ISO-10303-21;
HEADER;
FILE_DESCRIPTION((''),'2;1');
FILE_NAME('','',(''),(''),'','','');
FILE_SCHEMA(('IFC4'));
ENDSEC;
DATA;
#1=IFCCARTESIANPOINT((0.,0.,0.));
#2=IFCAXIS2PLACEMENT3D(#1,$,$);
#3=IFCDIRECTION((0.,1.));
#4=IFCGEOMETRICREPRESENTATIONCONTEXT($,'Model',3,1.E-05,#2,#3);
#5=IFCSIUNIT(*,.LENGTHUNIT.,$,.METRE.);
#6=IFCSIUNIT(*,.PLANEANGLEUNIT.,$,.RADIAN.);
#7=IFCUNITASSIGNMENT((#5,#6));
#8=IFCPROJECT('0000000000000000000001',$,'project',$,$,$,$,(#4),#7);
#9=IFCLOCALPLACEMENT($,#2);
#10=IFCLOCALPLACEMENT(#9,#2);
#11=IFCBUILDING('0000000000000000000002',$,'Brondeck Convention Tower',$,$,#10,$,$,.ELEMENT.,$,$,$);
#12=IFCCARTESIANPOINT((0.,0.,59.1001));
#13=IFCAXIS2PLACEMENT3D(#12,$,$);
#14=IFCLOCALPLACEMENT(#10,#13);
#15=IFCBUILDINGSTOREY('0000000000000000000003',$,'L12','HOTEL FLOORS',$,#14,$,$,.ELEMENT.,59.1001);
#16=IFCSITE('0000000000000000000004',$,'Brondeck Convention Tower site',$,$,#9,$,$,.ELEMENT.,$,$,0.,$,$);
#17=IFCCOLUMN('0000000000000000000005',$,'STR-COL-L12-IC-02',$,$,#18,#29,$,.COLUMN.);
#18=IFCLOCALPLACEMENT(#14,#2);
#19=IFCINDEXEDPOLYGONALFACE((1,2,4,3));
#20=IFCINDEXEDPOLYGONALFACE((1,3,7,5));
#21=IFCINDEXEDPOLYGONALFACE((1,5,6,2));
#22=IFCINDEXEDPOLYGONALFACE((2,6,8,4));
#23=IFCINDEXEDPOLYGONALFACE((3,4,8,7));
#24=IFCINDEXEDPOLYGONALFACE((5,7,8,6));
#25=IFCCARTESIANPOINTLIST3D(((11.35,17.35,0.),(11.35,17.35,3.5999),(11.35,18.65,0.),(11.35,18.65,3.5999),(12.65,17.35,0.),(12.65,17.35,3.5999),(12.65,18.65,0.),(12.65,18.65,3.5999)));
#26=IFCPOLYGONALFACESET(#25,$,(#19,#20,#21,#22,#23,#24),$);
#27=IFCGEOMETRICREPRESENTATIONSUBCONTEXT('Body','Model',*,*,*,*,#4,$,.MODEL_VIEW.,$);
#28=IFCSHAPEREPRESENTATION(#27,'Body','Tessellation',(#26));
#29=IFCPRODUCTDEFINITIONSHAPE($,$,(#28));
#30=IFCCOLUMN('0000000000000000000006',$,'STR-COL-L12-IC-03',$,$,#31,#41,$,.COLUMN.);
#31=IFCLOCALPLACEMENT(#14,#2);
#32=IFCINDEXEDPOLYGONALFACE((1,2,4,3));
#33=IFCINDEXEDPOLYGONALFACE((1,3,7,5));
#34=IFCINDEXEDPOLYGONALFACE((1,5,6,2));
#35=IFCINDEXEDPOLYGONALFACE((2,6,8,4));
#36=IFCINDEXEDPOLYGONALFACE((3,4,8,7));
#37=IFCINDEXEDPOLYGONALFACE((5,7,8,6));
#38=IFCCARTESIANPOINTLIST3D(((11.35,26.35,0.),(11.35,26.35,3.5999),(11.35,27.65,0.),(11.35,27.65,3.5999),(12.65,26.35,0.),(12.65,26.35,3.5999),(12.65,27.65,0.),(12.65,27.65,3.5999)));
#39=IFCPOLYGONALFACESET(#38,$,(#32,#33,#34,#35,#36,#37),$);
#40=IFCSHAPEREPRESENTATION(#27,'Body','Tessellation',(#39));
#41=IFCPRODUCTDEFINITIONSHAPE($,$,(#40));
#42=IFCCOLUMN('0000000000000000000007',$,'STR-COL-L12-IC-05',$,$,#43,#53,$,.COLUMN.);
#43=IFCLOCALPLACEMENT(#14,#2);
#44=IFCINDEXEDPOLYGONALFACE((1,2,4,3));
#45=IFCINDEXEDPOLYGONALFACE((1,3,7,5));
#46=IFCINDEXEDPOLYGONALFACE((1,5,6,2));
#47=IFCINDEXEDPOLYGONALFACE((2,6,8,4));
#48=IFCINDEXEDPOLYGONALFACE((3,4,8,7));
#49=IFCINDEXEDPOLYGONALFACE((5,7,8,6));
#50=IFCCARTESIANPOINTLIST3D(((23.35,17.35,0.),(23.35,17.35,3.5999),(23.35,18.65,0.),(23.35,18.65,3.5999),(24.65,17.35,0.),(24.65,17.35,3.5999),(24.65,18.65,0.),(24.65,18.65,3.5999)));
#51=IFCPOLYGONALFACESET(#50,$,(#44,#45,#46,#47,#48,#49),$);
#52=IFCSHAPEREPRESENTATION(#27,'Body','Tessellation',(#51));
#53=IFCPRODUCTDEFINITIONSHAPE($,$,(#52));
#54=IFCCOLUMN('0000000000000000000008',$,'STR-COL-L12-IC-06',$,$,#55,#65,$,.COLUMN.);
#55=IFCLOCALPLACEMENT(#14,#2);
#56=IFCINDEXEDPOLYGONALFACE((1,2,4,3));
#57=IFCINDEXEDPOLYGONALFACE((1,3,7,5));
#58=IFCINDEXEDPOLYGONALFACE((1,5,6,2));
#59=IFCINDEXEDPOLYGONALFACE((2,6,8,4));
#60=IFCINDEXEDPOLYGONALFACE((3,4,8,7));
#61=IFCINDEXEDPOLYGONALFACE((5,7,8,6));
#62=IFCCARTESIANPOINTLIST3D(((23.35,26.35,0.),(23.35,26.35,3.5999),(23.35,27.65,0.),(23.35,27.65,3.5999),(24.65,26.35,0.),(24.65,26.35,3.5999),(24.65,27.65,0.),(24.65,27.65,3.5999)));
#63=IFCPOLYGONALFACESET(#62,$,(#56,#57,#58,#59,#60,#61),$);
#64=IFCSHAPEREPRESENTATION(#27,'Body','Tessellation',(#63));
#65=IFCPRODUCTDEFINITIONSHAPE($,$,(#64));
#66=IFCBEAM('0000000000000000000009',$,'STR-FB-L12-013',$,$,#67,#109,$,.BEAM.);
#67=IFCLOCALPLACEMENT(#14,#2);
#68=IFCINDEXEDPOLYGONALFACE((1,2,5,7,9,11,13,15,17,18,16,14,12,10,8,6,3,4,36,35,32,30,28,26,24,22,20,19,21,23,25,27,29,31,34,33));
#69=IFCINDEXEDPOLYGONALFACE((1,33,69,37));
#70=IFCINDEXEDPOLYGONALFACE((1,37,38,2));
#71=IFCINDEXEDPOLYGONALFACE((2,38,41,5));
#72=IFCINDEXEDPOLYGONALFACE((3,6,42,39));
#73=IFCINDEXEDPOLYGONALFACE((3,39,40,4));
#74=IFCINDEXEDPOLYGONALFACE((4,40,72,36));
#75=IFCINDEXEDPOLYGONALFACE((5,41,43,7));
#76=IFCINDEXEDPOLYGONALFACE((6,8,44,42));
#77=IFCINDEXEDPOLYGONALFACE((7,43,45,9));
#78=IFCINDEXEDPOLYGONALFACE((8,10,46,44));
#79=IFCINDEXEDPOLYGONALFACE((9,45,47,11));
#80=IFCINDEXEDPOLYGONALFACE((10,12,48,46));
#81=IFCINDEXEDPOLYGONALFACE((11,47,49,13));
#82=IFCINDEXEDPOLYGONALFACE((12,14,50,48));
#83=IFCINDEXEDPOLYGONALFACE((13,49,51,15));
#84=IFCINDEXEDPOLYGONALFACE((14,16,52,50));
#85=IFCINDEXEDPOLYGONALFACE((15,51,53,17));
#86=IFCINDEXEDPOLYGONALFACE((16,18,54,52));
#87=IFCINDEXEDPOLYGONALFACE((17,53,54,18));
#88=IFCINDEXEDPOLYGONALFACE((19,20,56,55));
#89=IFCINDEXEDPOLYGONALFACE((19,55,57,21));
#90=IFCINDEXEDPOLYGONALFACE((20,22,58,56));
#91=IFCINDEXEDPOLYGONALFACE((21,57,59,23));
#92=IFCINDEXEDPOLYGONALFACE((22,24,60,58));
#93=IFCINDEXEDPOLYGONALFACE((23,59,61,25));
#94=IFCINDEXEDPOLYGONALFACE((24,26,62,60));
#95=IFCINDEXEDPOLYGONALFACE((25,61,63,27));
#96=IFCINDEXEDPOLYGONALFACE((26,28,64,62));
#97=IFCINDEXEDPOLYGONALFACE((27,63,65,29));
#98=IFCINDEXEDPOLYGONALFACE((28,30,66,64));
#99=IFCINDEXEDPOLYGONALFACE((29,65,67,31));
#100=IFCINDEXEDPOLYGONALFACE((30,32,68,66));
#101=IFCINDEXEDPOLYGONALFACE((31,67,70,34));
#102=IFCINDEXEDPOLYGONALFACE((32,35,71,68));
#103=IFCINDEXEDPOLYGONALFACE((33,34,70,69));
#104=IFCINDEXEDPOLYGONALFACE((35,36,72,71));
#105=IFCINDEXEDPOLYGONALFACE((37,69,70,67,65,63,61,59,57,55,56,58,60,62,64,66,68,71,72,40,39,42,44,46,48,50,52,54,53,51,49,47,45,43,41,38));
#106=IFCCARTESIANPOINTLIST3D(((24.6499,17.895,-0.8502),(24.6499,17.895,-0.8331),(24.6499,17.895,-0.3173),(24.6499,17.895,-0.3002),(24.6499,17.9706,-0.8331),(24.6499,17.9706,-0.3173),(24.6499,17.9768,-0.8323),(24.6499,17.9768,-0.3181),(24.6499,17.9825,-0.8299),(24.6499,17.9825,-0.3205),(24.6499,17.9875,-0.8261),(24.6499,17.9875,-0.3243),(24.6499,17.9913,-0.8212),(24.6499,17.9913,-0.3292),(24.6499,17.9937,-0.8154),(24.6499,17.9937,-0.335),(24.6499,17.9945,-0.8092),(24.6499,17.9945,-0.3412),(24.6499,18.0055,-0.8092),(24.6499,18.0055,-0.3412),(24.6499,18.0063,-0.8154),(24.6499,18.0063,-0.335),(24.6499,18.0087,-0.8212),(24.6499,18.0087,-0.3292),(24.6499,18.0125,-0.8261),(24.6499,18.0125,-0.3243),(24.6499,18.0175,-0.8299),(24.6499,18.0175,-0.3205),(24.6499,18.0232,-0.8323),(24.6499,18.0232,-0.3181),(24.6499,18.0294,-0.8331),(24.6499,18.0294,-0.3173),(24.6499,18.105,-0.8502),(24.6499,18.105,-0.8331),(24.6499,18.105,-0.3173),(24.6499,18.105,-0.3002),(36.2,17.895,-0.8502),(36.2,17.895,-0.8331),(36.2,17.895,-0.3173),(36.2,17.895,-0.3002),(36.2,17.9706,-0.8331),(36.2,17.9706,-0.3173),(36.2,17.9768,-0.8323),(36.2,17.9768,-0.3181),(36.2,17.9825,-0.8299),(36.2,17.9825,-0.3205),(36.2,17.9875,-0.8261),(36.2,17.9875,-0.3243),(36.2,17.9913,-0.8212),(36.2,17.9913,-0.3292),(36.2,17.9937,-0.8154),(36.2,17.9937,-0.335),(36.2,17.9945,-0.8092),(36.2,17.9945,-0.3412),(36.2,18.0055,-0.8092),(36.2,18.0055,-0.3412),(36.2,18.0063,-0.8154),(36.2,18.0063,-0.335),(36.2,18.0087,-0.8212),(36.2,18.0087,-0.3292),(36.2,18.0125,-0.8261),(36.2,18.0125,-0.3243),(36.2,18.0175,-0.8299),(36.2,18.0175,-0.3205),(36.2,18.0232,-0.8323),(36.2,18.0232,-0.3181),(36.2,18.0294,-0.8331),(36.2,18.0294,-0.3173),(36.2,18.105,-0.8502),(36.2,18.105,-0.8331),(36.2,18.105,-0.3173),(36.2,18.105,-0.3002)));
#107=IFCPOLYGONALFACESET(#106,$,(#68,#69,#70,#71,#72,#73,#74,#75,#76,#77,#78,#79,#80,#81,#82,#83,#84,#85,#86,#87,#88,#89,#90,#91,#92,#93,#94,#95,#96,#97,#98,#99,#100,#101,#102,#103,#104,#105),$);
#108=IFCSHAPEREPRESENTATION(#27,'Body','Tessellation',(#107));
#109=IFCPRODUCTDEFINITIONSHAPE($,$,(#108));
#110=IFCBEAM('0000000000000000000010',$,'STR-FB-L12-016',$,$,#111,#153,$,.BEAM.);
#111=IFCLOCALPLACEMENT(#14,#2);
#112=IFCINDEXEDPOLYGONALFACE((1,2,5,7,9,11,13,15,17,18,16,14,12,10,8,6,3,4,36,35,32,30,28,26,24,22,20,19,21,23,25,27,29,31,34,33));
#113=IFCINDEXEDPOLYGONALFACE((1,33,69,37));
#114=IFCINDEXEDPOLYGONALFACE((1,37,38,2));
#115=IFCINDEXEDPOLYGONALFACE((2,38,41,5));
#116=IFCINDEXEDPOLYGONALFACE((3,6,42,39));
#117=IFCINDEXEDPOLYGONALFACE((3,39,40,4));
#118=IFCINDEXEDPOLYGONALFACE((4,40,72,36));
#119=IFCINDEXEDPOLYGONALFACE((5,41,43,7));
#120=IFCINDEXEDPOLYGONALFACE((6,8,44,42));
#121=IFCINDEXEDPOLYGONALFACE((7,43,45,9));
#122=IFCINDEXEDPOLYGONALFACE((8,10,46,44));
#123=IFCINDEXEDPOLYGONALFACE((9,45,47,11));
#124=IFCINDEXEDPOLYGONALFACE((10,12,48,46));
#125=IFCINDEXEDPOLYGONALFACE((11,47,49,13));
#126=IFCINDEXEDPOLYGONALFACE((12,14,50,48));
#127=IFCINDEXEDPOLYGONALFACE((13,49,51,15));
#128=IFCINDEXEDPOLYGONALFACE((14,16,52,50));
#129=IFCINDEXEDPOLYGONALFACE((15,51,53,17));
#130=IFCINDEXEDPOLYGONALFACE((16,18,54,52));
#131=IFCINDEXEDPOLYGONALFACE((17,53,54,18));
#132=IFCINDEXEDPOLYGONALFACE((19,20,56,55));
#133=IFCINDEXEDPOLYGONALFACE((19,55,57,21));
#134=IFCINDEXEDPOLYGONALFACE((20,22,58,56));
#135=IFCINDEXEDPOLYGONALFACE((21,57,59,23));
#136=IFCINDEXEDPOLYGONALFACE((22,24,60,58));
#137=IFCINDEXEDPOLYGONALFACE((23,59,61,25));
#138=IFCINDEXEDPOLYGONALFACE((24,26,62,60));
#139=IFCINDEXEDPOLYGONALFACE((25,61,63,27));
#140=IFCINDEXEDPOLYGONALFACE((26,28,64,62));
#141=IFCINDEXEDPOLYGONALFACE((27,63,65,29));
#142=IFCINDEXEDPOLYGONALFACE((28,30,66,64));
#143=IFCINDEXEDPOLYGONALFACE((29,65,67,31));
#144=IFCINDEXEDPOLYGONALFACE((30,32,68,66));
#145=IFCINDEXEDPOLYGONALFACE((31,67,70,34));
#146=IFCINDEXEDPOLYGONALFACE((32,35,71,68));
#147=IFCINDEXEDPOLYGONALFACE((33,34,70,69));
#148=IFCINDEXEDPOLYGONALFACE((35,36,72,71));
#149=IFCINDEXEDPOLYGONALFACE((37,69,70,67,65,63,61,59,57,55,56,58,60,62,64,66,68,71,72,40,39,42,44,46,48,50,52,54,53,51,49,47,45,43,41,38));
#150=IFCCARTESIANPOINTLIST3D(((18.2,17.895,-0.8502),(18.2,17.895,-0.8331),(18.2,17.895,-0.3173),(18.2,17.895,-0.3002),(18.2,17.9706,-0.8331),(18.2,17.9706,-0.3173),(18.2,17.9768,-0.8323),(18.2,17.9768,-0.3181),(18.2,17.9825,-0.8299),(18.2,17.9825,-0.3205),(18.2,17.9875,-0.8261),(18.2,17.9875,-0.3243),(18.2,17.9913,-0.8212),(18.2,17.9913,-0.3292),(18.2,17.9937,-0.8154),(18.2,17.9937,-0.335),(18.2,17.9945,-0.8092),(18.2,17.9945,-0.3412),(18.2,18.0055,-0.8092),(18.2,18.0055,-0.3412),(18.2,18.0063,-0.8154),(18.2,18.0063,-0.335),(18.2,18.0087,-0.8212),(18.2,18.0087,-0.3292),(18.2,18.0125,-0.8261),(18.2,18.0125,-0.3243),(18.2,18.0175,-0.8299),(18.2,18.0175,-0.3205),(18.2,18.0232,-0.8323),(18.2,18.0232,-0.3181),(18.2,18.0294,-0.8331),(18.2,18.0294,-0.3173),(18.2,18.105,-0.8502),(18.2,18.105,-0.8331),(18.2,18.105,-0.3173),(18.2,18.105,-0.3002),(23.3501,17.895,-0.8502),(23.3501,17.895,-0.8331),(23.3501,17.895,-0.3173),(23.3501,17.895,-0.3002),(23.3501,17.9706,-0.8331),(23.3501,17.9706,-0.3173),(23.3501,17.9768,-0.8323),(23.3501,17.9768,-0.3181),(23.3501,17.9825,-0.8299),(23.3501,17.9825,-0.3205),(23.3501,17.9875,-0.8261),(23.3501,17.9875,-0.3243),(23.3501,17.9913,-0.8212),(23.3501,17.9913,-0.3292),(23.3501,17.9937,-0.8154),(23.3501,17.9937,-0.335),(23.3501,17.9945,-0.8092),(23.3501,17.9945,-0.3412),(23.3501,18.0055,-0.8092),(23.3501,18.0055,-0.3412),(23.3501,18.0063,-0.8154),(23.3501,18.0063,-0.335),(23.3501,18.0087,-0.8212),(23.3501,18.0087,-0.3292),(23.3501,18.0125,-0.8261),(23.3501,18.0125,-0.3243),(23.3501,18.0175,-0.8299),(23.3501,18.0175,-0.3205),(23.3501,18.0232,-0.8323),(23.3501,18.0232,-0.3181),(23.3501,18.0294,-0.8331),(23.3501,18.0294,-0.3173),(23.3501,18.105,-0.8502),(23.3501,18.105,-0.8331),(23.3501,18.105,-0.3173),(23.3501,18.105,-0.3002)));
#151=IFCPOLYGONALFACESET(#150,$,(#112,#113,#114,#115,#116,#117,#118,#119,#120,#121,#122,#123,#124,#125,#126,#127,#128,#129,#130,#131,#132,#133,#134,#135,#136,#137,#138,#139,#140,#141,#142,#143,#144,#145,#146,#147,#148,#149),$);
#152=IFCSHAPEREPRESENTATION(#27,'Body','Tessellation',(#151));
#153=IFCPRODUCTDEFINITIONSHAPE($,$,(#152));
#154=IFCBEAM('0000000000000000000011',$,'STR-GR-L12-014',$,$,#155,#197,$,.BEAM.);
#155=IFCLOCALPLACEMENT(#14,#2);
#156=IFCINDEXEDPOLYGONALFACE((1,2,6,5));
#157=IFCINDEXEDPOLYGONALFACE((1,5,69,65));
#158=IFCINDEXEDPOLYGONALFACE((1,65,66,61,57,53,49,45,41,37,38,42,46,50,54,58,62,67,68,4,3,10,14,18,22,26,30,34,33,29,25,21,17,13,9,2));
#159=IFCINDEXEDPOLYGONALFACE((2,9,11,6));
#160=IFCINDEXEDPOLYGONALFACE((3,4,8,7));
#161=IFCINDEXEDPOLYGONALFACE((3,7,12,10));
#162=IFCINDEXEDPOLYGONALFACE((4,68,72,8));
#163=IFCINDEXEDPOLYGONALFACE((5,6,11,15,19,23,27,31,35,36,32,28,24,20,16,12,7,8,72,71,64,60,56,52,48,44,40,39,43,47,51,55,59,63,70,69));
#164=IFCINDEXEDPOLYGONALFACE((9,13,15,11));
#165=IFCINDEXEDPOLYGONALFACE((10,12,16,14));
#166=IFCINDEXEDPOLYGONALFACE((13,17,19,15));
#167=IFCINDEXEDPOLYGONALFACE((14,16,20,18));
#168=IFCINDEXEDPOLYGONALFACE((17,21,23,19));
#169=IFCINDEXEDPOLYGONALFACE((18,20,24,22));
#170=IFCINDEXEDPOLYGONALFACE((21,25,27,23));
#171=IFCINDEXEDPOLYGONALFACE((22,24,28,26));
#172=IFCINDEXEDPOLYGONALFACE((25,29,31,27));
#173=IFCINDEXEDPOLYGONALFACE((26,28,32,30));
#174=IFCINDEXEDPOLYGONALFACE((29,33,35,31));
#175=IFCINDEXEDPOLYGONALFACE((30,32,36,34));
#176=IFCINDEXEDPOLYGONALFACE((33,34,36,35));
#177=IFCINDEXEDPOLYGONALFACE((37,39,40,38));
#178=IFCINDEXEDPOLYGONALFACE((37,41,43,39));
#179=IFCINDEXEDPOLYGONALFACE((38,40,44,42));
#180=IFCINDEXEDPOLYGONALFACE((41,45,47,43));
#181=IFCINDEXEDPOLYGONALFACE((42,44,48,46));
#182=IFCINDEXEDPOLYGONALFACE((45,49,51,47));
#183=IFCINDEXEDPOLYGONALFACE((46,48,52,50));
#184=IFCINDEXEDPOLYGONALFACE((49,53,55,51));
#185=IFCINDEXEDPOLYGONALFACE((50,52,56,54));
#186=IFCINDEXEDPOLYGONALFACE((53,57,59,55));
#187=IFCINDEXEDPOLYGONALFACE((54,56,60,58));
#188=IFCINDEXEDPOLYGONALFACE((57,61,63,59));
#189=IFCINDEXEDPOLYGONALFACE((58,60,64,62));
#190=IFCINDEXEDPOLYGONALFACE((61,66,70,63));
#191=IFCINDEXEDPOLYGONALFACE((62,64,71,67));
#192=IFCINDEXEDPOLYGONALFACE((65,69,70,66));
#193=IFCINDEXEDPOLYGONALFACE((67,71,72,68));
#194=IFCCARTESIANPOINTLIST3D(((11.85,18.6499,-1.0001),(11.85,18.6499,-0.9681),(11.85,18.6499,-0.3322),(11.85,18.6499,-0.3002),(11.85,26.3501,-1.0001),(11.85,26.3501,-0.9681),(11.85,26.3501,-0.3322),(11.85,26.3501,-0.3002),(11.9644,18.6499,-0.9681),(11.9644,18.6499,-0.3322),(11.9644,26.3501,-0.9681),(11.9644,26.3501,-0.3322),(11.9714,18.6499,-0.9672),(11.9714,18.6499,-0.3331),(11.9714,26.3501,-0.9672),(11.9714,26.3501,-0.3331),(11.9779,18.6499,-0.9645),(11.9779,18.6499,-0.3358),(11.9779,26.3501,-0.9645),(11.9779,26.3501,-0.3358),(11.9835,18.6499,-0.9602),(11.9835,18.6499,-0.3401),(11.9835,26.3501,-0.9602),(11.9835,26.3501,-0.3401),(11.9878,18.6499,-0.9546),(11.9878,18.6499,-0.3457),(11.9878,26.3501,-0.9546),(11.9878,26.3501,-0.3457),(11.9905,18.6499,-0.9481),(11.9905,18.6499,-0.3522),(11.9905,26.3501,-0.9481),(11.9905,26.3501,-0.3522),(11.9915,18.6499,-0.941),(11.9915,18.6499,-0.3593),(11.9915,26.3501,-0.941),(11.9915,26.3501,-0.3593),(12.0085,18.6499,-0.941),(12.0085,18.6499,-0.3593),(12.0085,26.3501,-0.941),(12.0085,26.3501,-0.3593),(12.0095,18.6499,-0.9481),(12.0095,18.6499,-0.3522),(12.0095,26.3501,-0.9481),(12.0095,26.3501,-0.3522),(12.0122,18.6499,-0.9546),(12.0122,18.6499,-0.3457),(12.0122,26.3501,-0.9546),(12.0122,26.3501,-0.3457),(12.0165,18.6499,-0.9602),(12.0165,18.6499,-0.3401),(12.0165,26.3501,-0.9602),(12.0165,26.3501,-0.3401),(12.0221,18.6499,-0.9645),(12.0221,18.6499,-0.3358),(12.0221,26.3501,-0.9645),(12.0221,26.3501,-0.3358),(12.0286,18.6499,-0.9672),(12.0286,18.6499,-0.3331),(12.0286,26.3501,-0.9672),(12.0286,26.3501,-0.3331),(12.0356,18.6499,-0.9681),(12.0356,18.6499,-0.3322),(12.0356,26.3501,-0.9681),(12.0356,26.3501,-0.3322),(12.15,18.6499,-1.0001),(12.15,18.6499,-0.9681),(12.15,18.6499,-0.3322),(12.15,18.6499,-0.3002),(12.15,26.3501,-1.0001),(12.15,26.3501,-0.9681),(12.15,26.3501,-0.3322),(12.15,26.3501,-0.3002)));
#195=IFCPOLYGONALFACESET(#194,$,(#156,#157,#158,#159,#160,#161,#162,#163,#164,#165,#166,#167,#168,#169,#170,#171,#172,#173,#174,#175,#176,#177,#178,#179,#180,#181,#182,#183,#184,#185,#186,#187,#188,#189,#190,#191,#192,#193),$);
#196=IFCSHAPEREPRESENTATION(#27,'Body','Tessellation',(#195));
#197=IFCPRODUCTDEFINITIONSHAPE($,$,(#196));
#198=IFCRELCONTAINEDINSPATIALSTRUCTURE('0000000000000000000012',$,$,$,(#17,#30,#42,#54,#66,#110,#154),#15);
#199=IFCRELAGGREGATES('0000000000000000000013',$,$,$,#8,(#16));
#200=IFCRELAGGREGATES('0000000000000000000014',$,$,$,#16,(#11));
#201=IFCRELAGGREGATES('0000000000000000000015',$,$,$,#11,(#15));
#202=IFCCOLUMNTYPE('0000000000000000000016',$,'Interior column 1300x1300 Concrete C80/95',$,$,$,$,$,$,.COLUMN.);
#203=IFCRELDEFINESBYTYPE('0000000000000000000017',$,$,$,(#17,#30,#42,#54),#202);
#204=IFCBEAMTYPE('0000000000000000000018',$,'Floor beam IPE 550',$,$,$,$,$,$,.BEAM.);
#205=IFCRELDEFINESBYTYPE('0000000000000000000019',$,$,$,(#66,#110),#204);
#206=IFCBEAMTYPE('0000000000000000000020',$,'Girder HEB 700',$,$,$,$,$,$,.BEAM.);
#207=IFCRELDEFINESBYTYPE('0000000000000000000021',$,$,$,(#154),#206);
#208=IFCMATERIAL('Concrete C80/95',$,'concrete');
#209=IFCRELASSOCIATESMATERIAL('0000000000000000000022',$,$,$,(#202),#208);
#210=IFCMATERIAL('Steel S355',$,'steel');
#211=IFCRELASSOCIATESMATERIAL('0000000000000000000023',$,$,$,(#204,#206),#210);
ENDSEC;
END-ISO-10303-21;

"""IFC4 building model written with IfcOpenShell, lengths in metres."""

from ifc_helpers import new_model, si_unit, direction, frame, origin, origin_2d, place, context, subcontext, project, spatial, rectangle, i_section, extrude, material, material_profile, profile_set, type_object, element, save


model = new_model("IFC4")

# Units and contexts
model_context = context("Model", 3, precision=1e-05, world=origin(), true_north=direction((0.0, 1.0)))
body_context = subcontext(model_context, "Body", "Model", "MODEL_VIEW")
ifc_project = project(units=[si_unit("LENGTHUNIT", "METRE"), si_unit("PLANEANGLEUNIT", "RADIAN")], contexts=[model_context])

# Site, building, storey
site_placement = place(None, origin())
site = spatial("IfcSite", under=ifc_project, at=site_placement, Name="Brondeck Convention Tower site", CompositionType="ELEMENT", RefElevation=0.0)
building_placement = place(site_placement, origin())
building = spatial("IfcBuilding", under=site, at=building_placement, Name="Brondeck Convention Tower", CompositionType="ELEMENT")
storey_placement = place(building_placement, frame((0.0, 0.0, 59.1001)))
storey = spatial("IfcBuildingStorey", under=building, at=storey_placement, Name="L12", Description="HOTEL FLOORS", CompositionType="ELEMENT", Elevation=59.1001)

# Columns
ifc_material_1 = material(Name="Concrete C80/95", Category="concrete")
ifc_material_profile_1 = material_profile(ifc_material_1, rectangle(XDim=1.3, YDim=1.3, at=origin_2d()), Name="Interior column 1300x1300 Concrete C80/95")
ifc_profile_set_1 = profile_set([ifc_material_profile_1], Name="Concrete C80/95")
column_type = type_object("IfcColumnType", Name="Interior column 1300x1300 Concrete C80/95", PredefinedType="COLUMN", material=ifc_profile_set_1)
for number, where, z_axis, x_axis, name in (
    (1, (12.0, 18.0, 0.0), (0.0, 0.0, 1.0), (1.0, 0.0, 0.0), "STR-COL-L12-IC-02"),
    (2, (12.0, 27.0, 0.0), (0.0, 0.0, 1.0), (1.0, 0.0, 0.0), "STR-COL-L12-IC-03"),
    (3, (24.0, 18.0, 0.0), (0.0, 0.0, 1.0), (1.0, 0.0, 0.0), "STR-COL-L12-IC-05"),
    (4, (24.0, 27.0, 0.0), (0.0, 0.0, 1.0), (1.0, 0.0, 0.0), "STR-COL-L12-IC-06"),
):
    element("IfcColumn", number, at=place(storey_placement, frame(where, z_axis=z_axis, x_axis=x_axis)), inside=storey, type_object=column_type, Name=name, PredefinedType="COLUMN", context=body_context, shape_type="SweptSolid", body=[
        extrude(rectangle(XDim=1.3, YDim=1.3, at=origin_2d()), origin(), (0.0, 0.0, 1.0), 3.5999),
    ])

# Beams
ifc_material_2 = material(Name="Steel S355", Category="steel")
ifc_material_profile_2 = material_profile(ifc_material_2, i_section(OverallWidth=0.21, OverallDepth=0.55, WebThickness=0.011, FlangeThickness=0.0171, FilletRadius=0.0239, at=origin_2d()), Name="IPE 550")
ifc_profile_set_2 = profile_set([ifc_material_profile_2], Name="Steel S355")
beam_type_1 = type_object("IfcBeamType", Name="Floor beam IPE 550", PredefinedType="BEAM", material=ifc_profile_set_2)
beam_1_placement = place(storey_placement, frame((24.6499, 18.0, -0.5752), z_axis=(1.0, 0.0, 0.0), x_axis=(0.0, 1.0, 0.0)))
element("IfcBeam", 5, at=beam_1_placement, inside=storey, type_object=beam_type_1, Name="STR-FB-L12-013", PredefinedType="BEAM", context=body_context, shape_type="SweptSolid", body=[
    extrude(i_section(OverallWidth=0.21, OverallDepth=0.55, WebThickness=0.011, FlangeThickness=0.0171, FilletRadius=0.0239, at=origin_2d()), origin(), (0.0, 0.0, 1.0), 11.55),
])
beam_2_placement = place(storey_placement, frame((18.2, 18.0, -0.5752), z_axis=(1.0, 0.0, 0.0), x_axis=(0.0, 1.0, 0.0)))
element("IfcBeam", 6, at=beam_2_placement, inside=storey, type_object=beam_type_1, Name="STR-FB-L12-016", PredefinedType="BEAM", context=body_context, shape_type="SweptSolid", body=[
    extrude(i_section(OverallWidth=0.21, OverallDepth=0.55, WebThickness=0.011, FlangeThickness=0.0171, FilletRadius=0.0239, at=origin_2d()), origin(), (0.0, 0.0, 1.0), 5.1501),
])
ifc_material_profile_3 = material_profile(ifc_material_2, i_section(OverallWidth=0.3, OverallDepth=0.7, WebThickness=0.0171, FlangeThickness=0.032, FilletRadius=0.0271, at=origin_2d()), Name="HEB 700")
ifc_profile_set_3 = profile_set([ifc_material_profile_3], Name="Steel S355")
beam_type_2 = type_object("IfcBeamType", Name="Girder HEB 700", PredefinedType="BEAM", material=ifc_profile_set_3)
for number, where, z_axis, x_axis, name in (
    (7, (12.0, 26.3501, -0.6501), (0.0, -1.0, 0.0), (1.0, 0.0, 0.0), "STR-GR-L12-014"),
):
    element("IfcBeam", number, at=place(storey_placement, frame(where, z_axis=z_axis, x_axis=x_axis)), inside=storey, type_object=beam_type_2, Name=name, PredefinedType="BEAM", context=body_context, shape_type="SweptSolid", body=[
        extrude(i_section(OverallWidth=0.3, OverallDepth=0.7, WebThickness=0.0171, FlangeThickness=0.032, FilletRadius=0.0271, at=origin_2d()), origin(), (0.0, 0.0, 1.0), 7.7002),
    ])

save(model, "model.ifc")
